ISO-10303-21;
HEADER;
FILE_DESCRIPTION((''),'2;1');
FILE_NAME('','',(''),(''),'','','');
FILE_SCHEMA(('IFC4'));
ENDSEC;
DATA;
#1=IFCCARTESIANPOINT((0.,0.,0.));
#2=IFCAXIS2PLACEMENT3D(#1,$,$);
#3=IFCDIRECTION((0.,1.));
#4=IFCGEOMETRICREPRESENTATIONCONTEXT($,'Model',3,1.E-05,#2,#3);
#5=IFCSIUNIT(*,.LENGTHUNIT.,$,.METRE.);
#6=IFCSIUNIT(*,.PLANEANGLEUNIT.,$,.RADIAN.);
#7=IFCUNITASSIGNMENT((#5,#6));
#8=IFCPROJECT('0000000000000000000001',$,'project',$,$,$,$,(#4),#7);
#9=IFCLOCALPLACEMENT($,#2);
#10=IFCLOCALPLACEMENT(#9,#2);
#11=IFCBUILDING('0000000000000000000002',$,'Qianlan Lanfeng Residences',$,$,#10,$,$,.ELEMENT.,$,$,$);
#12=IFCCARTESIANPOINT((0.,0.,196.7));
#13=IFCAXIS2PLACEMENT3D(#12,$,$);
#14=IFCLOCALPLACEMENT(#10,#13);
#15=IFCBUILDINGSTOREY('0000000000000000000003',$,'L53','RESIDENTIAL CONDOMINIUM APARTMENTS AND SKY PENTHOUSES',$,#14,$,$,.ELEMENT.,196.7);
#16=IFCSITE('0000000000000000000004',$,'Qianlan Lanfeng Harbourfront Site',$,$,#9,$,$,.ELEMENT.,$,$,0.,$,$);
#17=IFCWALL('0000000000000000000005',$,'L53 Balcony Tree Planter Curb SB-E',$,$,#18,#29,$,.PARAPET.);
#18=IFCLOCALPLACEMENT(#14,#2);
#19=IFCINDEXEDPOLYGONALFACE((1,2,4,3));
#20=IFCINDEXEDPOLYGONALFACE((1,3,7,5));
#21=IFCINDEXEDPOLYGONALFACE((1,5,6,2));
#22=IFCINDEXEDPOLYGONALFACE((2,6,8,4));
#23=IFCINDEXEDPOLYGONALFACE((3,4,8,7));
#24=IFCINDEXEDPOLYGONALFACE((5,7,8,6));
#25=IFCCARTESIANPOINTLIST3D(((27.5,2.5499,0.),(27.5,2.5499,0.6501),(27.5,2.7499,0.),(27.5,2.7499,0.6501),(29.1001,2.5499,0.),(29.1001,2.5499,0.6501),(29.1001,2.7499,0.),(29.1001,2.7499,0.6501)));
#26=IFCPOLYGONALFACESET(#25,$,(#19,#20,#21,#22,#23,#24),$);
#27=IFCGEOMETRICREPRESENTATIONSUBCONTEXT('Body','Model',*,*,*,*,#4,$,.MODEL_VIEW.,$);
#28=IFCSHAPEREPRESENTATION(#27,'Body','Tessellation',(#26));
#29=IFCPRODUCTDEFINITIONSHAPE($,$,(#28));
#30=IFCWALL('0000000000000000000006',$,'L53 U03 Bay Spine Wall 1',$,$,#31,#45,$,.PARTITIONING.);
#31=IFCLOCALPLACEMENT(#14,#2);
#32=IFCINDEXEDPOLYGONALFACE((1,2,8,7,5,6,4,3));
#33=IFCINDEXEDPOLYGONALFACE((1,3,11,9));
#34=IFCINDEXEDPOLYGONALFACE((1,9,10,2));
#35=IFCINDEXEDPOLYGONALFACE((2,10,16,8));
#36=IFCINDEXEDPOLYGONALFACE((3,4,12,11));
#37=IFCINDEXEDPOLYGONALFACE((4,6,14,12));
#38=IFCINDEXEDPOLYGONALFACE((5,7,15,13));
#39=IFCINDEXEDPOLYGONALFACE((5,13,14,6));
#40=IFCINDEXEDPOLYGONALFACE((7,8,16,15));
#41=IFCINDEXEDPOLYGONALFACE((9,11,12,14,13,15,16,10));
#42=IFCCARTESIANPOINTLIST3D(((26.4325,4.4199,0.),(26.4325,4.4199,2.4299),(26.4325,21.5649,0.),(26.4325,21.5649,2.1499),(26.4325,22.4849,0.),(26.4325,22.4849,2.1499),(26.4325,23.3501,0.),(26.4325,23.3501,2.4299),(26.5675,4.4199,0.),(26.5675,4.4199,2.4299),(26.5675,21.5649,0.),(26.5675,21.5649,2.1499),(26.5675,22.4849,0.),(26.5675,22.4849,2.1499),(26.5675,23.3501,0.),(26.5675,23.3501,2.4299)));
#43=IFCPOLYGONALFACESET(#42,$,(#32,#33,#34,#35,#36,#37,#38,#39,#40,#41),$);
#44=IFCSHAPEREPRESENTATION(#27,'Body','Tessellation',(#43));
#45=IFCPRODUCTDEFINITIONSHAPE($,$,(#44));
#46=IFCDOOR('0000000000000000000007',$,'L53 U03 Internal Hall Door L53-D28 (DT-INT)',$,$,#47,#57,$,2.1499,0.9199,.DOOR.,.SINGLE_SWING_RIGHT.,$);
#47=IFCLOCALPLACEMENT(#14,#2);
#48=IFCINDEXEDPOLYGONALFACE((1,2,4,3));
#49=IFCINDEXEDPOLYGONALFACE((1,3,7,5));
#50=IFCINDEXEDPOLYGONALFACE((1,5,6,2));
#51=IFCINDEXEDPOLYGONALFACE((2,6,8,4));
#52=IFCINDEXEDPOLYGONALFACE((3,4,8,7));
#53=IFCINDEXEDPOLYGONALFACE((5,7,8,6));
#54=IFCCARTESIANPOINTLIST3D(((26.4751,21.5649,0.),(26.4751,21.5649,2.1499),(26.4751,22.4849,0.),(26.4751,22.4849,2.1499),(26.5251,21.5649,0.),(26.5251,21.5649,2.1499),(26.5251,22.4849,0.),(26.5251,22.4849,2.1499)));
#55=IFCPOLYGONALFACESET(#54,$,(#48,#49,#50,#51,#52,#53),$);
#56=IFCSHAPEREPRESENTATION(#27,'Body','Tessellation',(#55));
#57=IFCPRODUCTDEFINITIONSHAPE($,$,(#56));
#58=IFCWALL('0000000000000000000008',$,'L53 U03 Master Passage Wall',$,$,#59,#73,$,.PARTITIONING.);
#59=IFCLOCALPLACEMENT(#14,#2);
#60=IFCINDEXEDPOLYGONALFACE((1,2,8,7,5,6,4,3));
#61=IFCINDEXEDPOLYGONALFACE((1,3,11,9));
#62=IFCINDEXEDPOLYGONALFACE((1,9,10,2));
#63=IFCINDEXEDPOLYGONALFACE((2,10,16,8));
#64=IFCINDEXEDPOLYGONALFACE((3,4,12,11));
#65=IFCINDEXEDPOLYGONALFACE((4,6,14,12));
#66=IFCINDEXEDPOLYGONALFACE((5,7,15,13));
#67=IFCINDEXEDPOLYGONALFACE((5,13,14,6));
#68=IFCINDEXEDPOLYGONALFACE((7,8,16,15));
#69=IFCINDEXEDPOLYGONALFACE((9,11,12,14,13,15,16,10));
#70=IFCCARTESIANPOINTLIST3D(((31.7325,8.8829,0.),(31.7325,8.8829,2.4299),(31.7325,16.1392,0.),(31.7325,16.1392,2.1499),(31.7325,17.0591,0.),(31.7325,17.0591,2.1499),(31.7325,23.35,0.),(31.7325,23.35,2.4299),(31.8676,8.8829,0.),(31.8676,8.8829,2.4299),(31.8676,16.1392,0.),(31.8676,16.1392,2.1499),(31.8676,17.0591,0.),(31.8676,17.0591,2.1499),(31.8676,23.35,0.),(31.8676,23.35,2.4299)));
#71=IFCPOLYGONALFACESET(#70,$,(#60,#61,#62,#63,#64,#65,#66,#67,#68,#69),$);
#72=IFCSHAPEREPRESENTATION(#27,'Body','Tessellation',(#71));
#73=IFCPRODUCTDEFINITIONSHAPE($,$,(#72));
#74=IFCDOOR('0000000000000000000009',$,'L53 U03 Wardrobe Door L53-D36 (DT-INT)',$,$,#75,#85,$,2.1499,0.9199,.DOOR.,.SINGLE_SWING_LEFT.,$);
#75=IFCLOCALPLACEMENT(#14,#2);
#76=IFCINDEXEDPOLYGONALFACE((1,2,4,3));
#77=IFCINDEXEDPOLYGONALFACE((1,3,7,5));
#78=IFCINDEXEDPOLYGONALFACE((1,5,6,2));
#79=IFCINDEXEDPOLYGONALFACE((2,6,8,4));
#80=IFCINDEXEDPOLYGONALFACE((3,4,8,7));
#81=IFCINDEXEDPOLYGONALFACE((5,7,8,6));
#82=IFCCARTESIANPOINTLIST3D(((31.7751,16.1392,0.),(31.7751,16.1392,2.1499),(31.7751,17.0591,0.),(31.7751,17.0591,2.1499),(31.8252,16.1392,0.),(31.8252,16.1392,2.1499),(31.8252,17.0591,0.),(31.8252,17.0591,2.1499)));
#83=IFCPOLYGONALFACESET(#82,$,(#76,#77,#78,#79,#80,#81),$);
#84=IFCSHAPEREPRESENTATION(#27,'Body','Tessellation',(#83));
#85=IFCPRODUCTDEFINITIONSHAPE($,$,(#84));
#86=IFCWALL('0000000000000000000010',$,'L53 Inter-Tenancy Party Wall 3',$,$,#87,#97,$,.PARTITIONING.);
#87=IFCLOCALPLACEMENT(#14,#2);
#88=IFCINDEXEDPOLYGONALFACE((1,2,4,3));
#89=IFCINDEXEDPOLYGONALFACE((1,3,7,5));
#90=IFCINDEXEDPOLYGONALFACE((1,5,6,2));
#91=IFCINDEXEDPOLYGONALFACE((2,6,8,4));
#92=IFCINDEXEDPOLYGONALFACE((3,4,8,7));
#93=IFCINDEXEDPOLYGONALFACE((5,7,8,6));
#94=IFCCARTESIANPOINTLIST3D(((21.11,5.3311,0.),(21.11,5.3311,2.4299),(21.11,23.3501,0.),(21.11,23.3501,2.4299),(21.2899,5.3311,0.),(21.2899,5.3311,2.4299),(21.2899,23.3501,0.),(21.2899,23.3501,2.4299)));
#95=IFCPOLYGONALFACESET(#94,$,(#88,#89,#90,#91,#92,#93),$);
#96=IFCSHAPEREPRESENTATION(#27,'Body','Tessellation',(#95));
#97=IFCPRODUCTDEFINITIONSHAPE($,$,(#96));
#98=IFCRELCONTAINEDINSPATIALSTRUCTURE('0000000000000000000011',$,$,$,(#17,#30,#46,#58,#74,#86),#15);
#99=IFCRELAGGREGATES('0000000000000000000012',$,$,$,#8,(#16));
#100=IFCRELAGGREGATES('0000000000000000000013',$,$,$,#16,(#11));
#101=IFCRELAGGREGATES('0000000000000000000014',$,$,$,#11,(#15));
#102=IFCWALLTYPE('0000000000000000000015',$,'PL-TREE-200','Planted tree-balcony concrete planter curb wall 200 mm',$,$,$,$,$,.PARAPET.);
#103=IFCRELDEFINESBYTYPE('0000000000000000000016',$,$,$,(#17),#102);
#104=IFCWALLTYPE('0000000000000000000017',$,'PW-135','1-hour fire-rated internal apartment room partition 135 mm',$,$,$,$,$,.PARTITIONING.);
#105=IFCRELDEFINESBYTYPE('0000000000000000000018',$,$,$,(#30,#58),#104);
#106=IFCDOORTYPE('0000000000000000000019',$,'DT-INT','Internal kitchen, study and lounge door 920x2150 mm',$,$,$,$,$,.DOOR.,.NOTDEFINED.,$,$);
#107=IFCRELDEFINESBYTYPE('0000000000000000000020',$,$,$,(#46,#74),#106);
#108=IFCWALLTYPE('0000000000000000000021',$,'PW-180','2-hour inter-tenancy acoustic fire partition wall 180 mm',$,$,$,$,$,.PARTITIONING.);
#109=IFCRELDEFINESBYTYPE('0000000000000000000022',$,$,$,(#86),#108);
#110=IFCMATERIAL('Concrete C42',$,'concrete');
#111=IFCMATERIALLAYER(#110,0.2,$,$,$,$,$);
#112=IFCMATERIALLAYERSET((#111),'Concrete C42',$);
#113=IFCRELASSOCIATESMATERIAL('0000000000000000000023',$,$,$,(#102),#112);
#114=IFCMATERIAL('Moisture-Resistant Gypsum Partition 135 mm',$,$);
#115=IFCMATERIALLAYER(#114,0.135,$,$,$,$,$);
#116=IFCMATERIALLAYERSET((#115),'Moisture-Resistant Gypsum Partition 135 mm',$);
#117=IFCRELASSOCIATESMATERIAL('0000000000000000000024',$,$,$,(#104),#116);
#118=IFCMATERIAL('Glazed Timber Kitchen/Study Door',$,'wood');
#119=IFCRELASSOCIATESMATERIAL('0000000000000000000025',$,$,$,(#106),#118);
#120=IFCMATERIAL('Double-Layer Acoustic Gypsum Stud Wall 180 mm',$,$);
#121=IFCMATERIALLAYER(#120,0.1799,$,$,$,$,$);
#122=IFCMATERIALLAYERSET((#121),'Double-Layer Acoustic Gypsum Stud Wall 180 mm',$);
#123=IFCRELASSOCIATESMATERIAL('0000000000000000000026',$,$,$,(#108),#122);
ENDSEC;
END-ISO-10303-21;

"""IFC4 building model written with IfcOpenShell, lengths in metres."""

from ifc_helpers import new_model, si_unit, direction, frame, frame_2d, origin, place, context, subcontext, project, spatial, rectangle, extrude, material, layer, layer_set, type_object, element, fill, save


model = new_model("IFC4")

# Units and contexts
model_context = context("Model", 3, precision=1e-05, world=origin(), true_north=direction((0.0, 1.0)))
body_context = subcontext(model_context, "Body", "Model", "MODEL_VIEW")
ifc_project = project(units=[si_unit("LENGTHUNIT", "METRE"), si_unit("PLANEANGLEUNIT", "RADIAN")], contexts=[model_context])

# Site, building, storey
site_placement = place(None, origin())
site = spatial("IfcSite", under=ifc_project, at=site_placement, Name="Qianlan Lanfeng Harbourfront Site", CompositionType="ELEMENT", RefElevation=0.0)
building_placement = place(site_placement, origin())
building = spatial("IfcBuilding", under=site, at=building_placement, Name="Qianlan Lanfeng Residences", CompositionType="ELEMENT")
storey_placement = place(building_placement, frame((0.0, 0.0, 196.7)))
storey = spatial("IfcBuildingStorey", under=building, at=storey_placement, Name="L53", Description="RESIDENTIAL CONDOMINIUM APARTMENTS AND SKY PENTHOUSES", CompositionType="ELEMENT", Elevation=196.7)

# Shared definitions
ifc_material_1 = material(Name="Concrete C42", Category="concrete")

# Wall
ifc_layer_1 = layer(ifc_material_1, 0.2)
ifc_layer_set_1 = layer_set([ifc_layer_1], Name="Concrete C42")
wall_type_1 = type_object("IfcWallType", Name="PL-TREE-200", Description="Planted tree-balcony concrete planter curb wall 200 mm", PredefinedType="PARAPET", material=ifc_layer_set_1)
for number, where, z_axis, x_axis, name in (
    (1, (27.5, 2.6499, 0.0), (0.0, 0.0, 1.0), (1.0, 0.0, 0.0), "L53 Balcony Tree Planter Curb SB-E"),
):
    element("IfcWall", number, at=place(storey_placement, frame(where, z_axis=z_axis, x_axis=x_axis)), inside=storey, type_object=wall_type_1, Name=name, PredefinedType="PARAPET", context=body_context, shape_type="SweptSolid", body=[
        extrude(rectangle(XDim=1.6001, YDim=0.2, at=frame_2d((0.8, 0.0))), origin(), (0.0, 0.0, 1.0), 0.6501),
    ])

# Wall, opening, door
ifc_material_2 = material(Name="Moisture-Resistant Gypsum Partition 135 mm")
ifc_layer_2 = layer(ifc_material_2, 0.135)
ifc_layer_set_2 = layer_set([ifc_layer_2], Name="Moisture-Resistant Gypsum Partition 135 mm")
wall_type_2 = type_object("IfcWallType", Name="PW-135", Description="1-hour fire-rated internal apartment room partition 135 mm", PredefinedType="PARTITIONING", material=ifc_layer_set_2)
wall_1_placement = place(storey_placement, frame((26.5, 4.4199, 0.0), z_axis=(0.0, 0.0, 1.0), x_axis=(0.0, 1.0, 0.0)))
wall_1 = element("IfcWall", 2, at=wall_1_placement, inside=storey, type_object=wall_type_2, Name="L53 U03 Bay Spine Wall 1", PredefinedType="PARTITIONING", context=body_context, shape_type="SweptSolid", body=[
    extrude(rectangle(XDim=18.9302, YDim=0.135, at=frame_2d((9.4651, 0.0))), origin(), (0.0, 0.0, 1.0), 2.4299),
])
opening_1_placement = place(wall_1_placement, frame((17.145, 0.0, 0.0)))
opening_1 = element("IfcOpeningElement", 3, at=opening_1_placement, cuts=wall_1, PredefinedType="OPENING", context=body_context, shape_type="SweptSolid", body=[
    extrude(rectangle(XDim=0.9199, YDim=2.1499, at=frame_2d((0.46, 1.075))), frame((0.0, 0.0776, 0.0), z_axis=(0.0, -1.0, 0.0), x_axis=(1.0, 0.0, 0.0)), (0.0, 0.0, 1.0), 0.155),
])
ifc_material_3 = material(Name="Glazed Timber Kitchen/Study Door", Category="wood")
door_type_1 = type_object("IfcDoorType", Name="DT-INT", Description="Internal kitchen, study and lounge door 920x2150 mm", OperationType="NOTDEFINED", PredefinedType="DOOR", material=ifc_material_3)
door_1_placement = place(opening_1_placement, origin())
door_1 = element("IfcDoor", 4, at=door_1_placement, inside=storey, type_object=door_type_1, Name="L53 U03 Internal Hall Door L53-D28 (DT-INT)", OperationType="SINGLE_SWING_RIGHT", OverallHeight=2.1499, OverallWidth=0.9199, PredefinedType="DOOR", context=body_context, shape_type="SweptSolid", body=[
    extrude(rectangle(XDim=0.9199, YDim=2.1499, at=frame_2d((0.46, 1.075))), frame((0.0, 0.0249, 0.0), z_axis=(0.0, -1.0, 0.0), x_axis=(1.0, 0.0, 0.0)), (0.0, 0.0, 1.0), 0.05),
])
fill(opening_1, door_1)

# Wall, opening, door
wall_2_placement = place(storey_placement, frame((31.8, 8.8831, 0.0), z_axis=(0.0, 0.0, 1.0), x_axis=(0.0, 1.0, 0.0)))
wall_2 = element("IfcWall", 5, at=wall_2_placement, inside=storey, type_object=wall_type_2, Name="L53 U03 Master Passage Wall", PredefinedType="PARTITIONING", context=body_context, shape_type="SweptSolid", body=[
    extrude(rectangle(XDim=14.467, YDim=0.135, at=frame_2d((7.2334, 0.0))), origin(), (0.0, 0.0, 1.0), 2.4299),
])
opening_2_placement = place(wall_2_placement, frame((7.2561, 0.0, 0.0)))
opening_2 = element("IfcOpeningElement", 6, at=opening_2_placement, cuts=wall_2, PredefinedType="OPENING", context=body_context, shape_type="SweptSolid", body=[
    extrude(rectangle(XDim=0.9199, YDim=2.1499, at=frame_2d((0.46, 1.075))), frame((0.0, 0.0776, 0.0), z_axis=(0.0, -1.0, 0.0), x_axis=(1.0, 0.0, 0.0)), (0.0, 0.0, 1.0), 0.155),
])
door_2_placement = place(opening_2_placement, origin())
door_2 = element("IfcDoor", 7, at=door_2_placement, inside=storey, type_object=door_type_1, Name="L53 U03 Wardrobe Door L53-D36 (DT-INT)", OperationType="SINGLE_SWING_LEFT", OverallHeight=2.1499, OverallWidth=0.9199, PredefinedType="DOOR", context=body_context, shape_type="SweptSolid", body=[
    extrude(rectangle(XDim=0.9199, YDim=2.1499, at=frame_2d((0.46, 1.075))), frame((0.0, 0.0249, 0.0), z_axis=(0.0, -1.0, 0.0), x_axis=(1.0, 0.0, 0.0)), (0.0, 0.0, 1.0), 0.05),
])
fill(opening_2, door_2)

# Wall
ifc_material_4 = material(Name="Double-Layer Acoustic Gypsum Stud Wall 180 mm")
ifc_layer_3 = layer(ifc_material_4, 0.1799)
ifc_layer_set_3 = layer_set([ifc_layer_3], Name="Double-Layer Acoustic Gypsum Stud Wall 180 mm")
wall_type_3 = type_object("IfcWallType", Name="PW-180", Description="2-hour inter-tenancy acoustic fire partition wall 180 mm", PredefinedType="PARTITIONING", material=ifc_layer_set_3)
wall_3_placement = place(storey_placement, frame((21.2, 5.3311, 0.0), z_axis=(0.0, 0.0, 1.0), x_axis=(0.0, 1.0, 0.0)))
element("IfcWall", 8, at=wall_3_placement, inside=storey, type_object=wall_type_3, Name="L53 Inter-Tenancy Party Wall 3", PredefinedType="PARTITIONING", context=body_context, shape_type="SweptSolid", body=[
    extrude(rectangle(XDim=18.019, YDim=0.1799, at=frame_2d((9.0095, 0.0))), origin(), (0.0, 0.0, 1.0), 2.4299),
])

save(model, "model.ifc")
